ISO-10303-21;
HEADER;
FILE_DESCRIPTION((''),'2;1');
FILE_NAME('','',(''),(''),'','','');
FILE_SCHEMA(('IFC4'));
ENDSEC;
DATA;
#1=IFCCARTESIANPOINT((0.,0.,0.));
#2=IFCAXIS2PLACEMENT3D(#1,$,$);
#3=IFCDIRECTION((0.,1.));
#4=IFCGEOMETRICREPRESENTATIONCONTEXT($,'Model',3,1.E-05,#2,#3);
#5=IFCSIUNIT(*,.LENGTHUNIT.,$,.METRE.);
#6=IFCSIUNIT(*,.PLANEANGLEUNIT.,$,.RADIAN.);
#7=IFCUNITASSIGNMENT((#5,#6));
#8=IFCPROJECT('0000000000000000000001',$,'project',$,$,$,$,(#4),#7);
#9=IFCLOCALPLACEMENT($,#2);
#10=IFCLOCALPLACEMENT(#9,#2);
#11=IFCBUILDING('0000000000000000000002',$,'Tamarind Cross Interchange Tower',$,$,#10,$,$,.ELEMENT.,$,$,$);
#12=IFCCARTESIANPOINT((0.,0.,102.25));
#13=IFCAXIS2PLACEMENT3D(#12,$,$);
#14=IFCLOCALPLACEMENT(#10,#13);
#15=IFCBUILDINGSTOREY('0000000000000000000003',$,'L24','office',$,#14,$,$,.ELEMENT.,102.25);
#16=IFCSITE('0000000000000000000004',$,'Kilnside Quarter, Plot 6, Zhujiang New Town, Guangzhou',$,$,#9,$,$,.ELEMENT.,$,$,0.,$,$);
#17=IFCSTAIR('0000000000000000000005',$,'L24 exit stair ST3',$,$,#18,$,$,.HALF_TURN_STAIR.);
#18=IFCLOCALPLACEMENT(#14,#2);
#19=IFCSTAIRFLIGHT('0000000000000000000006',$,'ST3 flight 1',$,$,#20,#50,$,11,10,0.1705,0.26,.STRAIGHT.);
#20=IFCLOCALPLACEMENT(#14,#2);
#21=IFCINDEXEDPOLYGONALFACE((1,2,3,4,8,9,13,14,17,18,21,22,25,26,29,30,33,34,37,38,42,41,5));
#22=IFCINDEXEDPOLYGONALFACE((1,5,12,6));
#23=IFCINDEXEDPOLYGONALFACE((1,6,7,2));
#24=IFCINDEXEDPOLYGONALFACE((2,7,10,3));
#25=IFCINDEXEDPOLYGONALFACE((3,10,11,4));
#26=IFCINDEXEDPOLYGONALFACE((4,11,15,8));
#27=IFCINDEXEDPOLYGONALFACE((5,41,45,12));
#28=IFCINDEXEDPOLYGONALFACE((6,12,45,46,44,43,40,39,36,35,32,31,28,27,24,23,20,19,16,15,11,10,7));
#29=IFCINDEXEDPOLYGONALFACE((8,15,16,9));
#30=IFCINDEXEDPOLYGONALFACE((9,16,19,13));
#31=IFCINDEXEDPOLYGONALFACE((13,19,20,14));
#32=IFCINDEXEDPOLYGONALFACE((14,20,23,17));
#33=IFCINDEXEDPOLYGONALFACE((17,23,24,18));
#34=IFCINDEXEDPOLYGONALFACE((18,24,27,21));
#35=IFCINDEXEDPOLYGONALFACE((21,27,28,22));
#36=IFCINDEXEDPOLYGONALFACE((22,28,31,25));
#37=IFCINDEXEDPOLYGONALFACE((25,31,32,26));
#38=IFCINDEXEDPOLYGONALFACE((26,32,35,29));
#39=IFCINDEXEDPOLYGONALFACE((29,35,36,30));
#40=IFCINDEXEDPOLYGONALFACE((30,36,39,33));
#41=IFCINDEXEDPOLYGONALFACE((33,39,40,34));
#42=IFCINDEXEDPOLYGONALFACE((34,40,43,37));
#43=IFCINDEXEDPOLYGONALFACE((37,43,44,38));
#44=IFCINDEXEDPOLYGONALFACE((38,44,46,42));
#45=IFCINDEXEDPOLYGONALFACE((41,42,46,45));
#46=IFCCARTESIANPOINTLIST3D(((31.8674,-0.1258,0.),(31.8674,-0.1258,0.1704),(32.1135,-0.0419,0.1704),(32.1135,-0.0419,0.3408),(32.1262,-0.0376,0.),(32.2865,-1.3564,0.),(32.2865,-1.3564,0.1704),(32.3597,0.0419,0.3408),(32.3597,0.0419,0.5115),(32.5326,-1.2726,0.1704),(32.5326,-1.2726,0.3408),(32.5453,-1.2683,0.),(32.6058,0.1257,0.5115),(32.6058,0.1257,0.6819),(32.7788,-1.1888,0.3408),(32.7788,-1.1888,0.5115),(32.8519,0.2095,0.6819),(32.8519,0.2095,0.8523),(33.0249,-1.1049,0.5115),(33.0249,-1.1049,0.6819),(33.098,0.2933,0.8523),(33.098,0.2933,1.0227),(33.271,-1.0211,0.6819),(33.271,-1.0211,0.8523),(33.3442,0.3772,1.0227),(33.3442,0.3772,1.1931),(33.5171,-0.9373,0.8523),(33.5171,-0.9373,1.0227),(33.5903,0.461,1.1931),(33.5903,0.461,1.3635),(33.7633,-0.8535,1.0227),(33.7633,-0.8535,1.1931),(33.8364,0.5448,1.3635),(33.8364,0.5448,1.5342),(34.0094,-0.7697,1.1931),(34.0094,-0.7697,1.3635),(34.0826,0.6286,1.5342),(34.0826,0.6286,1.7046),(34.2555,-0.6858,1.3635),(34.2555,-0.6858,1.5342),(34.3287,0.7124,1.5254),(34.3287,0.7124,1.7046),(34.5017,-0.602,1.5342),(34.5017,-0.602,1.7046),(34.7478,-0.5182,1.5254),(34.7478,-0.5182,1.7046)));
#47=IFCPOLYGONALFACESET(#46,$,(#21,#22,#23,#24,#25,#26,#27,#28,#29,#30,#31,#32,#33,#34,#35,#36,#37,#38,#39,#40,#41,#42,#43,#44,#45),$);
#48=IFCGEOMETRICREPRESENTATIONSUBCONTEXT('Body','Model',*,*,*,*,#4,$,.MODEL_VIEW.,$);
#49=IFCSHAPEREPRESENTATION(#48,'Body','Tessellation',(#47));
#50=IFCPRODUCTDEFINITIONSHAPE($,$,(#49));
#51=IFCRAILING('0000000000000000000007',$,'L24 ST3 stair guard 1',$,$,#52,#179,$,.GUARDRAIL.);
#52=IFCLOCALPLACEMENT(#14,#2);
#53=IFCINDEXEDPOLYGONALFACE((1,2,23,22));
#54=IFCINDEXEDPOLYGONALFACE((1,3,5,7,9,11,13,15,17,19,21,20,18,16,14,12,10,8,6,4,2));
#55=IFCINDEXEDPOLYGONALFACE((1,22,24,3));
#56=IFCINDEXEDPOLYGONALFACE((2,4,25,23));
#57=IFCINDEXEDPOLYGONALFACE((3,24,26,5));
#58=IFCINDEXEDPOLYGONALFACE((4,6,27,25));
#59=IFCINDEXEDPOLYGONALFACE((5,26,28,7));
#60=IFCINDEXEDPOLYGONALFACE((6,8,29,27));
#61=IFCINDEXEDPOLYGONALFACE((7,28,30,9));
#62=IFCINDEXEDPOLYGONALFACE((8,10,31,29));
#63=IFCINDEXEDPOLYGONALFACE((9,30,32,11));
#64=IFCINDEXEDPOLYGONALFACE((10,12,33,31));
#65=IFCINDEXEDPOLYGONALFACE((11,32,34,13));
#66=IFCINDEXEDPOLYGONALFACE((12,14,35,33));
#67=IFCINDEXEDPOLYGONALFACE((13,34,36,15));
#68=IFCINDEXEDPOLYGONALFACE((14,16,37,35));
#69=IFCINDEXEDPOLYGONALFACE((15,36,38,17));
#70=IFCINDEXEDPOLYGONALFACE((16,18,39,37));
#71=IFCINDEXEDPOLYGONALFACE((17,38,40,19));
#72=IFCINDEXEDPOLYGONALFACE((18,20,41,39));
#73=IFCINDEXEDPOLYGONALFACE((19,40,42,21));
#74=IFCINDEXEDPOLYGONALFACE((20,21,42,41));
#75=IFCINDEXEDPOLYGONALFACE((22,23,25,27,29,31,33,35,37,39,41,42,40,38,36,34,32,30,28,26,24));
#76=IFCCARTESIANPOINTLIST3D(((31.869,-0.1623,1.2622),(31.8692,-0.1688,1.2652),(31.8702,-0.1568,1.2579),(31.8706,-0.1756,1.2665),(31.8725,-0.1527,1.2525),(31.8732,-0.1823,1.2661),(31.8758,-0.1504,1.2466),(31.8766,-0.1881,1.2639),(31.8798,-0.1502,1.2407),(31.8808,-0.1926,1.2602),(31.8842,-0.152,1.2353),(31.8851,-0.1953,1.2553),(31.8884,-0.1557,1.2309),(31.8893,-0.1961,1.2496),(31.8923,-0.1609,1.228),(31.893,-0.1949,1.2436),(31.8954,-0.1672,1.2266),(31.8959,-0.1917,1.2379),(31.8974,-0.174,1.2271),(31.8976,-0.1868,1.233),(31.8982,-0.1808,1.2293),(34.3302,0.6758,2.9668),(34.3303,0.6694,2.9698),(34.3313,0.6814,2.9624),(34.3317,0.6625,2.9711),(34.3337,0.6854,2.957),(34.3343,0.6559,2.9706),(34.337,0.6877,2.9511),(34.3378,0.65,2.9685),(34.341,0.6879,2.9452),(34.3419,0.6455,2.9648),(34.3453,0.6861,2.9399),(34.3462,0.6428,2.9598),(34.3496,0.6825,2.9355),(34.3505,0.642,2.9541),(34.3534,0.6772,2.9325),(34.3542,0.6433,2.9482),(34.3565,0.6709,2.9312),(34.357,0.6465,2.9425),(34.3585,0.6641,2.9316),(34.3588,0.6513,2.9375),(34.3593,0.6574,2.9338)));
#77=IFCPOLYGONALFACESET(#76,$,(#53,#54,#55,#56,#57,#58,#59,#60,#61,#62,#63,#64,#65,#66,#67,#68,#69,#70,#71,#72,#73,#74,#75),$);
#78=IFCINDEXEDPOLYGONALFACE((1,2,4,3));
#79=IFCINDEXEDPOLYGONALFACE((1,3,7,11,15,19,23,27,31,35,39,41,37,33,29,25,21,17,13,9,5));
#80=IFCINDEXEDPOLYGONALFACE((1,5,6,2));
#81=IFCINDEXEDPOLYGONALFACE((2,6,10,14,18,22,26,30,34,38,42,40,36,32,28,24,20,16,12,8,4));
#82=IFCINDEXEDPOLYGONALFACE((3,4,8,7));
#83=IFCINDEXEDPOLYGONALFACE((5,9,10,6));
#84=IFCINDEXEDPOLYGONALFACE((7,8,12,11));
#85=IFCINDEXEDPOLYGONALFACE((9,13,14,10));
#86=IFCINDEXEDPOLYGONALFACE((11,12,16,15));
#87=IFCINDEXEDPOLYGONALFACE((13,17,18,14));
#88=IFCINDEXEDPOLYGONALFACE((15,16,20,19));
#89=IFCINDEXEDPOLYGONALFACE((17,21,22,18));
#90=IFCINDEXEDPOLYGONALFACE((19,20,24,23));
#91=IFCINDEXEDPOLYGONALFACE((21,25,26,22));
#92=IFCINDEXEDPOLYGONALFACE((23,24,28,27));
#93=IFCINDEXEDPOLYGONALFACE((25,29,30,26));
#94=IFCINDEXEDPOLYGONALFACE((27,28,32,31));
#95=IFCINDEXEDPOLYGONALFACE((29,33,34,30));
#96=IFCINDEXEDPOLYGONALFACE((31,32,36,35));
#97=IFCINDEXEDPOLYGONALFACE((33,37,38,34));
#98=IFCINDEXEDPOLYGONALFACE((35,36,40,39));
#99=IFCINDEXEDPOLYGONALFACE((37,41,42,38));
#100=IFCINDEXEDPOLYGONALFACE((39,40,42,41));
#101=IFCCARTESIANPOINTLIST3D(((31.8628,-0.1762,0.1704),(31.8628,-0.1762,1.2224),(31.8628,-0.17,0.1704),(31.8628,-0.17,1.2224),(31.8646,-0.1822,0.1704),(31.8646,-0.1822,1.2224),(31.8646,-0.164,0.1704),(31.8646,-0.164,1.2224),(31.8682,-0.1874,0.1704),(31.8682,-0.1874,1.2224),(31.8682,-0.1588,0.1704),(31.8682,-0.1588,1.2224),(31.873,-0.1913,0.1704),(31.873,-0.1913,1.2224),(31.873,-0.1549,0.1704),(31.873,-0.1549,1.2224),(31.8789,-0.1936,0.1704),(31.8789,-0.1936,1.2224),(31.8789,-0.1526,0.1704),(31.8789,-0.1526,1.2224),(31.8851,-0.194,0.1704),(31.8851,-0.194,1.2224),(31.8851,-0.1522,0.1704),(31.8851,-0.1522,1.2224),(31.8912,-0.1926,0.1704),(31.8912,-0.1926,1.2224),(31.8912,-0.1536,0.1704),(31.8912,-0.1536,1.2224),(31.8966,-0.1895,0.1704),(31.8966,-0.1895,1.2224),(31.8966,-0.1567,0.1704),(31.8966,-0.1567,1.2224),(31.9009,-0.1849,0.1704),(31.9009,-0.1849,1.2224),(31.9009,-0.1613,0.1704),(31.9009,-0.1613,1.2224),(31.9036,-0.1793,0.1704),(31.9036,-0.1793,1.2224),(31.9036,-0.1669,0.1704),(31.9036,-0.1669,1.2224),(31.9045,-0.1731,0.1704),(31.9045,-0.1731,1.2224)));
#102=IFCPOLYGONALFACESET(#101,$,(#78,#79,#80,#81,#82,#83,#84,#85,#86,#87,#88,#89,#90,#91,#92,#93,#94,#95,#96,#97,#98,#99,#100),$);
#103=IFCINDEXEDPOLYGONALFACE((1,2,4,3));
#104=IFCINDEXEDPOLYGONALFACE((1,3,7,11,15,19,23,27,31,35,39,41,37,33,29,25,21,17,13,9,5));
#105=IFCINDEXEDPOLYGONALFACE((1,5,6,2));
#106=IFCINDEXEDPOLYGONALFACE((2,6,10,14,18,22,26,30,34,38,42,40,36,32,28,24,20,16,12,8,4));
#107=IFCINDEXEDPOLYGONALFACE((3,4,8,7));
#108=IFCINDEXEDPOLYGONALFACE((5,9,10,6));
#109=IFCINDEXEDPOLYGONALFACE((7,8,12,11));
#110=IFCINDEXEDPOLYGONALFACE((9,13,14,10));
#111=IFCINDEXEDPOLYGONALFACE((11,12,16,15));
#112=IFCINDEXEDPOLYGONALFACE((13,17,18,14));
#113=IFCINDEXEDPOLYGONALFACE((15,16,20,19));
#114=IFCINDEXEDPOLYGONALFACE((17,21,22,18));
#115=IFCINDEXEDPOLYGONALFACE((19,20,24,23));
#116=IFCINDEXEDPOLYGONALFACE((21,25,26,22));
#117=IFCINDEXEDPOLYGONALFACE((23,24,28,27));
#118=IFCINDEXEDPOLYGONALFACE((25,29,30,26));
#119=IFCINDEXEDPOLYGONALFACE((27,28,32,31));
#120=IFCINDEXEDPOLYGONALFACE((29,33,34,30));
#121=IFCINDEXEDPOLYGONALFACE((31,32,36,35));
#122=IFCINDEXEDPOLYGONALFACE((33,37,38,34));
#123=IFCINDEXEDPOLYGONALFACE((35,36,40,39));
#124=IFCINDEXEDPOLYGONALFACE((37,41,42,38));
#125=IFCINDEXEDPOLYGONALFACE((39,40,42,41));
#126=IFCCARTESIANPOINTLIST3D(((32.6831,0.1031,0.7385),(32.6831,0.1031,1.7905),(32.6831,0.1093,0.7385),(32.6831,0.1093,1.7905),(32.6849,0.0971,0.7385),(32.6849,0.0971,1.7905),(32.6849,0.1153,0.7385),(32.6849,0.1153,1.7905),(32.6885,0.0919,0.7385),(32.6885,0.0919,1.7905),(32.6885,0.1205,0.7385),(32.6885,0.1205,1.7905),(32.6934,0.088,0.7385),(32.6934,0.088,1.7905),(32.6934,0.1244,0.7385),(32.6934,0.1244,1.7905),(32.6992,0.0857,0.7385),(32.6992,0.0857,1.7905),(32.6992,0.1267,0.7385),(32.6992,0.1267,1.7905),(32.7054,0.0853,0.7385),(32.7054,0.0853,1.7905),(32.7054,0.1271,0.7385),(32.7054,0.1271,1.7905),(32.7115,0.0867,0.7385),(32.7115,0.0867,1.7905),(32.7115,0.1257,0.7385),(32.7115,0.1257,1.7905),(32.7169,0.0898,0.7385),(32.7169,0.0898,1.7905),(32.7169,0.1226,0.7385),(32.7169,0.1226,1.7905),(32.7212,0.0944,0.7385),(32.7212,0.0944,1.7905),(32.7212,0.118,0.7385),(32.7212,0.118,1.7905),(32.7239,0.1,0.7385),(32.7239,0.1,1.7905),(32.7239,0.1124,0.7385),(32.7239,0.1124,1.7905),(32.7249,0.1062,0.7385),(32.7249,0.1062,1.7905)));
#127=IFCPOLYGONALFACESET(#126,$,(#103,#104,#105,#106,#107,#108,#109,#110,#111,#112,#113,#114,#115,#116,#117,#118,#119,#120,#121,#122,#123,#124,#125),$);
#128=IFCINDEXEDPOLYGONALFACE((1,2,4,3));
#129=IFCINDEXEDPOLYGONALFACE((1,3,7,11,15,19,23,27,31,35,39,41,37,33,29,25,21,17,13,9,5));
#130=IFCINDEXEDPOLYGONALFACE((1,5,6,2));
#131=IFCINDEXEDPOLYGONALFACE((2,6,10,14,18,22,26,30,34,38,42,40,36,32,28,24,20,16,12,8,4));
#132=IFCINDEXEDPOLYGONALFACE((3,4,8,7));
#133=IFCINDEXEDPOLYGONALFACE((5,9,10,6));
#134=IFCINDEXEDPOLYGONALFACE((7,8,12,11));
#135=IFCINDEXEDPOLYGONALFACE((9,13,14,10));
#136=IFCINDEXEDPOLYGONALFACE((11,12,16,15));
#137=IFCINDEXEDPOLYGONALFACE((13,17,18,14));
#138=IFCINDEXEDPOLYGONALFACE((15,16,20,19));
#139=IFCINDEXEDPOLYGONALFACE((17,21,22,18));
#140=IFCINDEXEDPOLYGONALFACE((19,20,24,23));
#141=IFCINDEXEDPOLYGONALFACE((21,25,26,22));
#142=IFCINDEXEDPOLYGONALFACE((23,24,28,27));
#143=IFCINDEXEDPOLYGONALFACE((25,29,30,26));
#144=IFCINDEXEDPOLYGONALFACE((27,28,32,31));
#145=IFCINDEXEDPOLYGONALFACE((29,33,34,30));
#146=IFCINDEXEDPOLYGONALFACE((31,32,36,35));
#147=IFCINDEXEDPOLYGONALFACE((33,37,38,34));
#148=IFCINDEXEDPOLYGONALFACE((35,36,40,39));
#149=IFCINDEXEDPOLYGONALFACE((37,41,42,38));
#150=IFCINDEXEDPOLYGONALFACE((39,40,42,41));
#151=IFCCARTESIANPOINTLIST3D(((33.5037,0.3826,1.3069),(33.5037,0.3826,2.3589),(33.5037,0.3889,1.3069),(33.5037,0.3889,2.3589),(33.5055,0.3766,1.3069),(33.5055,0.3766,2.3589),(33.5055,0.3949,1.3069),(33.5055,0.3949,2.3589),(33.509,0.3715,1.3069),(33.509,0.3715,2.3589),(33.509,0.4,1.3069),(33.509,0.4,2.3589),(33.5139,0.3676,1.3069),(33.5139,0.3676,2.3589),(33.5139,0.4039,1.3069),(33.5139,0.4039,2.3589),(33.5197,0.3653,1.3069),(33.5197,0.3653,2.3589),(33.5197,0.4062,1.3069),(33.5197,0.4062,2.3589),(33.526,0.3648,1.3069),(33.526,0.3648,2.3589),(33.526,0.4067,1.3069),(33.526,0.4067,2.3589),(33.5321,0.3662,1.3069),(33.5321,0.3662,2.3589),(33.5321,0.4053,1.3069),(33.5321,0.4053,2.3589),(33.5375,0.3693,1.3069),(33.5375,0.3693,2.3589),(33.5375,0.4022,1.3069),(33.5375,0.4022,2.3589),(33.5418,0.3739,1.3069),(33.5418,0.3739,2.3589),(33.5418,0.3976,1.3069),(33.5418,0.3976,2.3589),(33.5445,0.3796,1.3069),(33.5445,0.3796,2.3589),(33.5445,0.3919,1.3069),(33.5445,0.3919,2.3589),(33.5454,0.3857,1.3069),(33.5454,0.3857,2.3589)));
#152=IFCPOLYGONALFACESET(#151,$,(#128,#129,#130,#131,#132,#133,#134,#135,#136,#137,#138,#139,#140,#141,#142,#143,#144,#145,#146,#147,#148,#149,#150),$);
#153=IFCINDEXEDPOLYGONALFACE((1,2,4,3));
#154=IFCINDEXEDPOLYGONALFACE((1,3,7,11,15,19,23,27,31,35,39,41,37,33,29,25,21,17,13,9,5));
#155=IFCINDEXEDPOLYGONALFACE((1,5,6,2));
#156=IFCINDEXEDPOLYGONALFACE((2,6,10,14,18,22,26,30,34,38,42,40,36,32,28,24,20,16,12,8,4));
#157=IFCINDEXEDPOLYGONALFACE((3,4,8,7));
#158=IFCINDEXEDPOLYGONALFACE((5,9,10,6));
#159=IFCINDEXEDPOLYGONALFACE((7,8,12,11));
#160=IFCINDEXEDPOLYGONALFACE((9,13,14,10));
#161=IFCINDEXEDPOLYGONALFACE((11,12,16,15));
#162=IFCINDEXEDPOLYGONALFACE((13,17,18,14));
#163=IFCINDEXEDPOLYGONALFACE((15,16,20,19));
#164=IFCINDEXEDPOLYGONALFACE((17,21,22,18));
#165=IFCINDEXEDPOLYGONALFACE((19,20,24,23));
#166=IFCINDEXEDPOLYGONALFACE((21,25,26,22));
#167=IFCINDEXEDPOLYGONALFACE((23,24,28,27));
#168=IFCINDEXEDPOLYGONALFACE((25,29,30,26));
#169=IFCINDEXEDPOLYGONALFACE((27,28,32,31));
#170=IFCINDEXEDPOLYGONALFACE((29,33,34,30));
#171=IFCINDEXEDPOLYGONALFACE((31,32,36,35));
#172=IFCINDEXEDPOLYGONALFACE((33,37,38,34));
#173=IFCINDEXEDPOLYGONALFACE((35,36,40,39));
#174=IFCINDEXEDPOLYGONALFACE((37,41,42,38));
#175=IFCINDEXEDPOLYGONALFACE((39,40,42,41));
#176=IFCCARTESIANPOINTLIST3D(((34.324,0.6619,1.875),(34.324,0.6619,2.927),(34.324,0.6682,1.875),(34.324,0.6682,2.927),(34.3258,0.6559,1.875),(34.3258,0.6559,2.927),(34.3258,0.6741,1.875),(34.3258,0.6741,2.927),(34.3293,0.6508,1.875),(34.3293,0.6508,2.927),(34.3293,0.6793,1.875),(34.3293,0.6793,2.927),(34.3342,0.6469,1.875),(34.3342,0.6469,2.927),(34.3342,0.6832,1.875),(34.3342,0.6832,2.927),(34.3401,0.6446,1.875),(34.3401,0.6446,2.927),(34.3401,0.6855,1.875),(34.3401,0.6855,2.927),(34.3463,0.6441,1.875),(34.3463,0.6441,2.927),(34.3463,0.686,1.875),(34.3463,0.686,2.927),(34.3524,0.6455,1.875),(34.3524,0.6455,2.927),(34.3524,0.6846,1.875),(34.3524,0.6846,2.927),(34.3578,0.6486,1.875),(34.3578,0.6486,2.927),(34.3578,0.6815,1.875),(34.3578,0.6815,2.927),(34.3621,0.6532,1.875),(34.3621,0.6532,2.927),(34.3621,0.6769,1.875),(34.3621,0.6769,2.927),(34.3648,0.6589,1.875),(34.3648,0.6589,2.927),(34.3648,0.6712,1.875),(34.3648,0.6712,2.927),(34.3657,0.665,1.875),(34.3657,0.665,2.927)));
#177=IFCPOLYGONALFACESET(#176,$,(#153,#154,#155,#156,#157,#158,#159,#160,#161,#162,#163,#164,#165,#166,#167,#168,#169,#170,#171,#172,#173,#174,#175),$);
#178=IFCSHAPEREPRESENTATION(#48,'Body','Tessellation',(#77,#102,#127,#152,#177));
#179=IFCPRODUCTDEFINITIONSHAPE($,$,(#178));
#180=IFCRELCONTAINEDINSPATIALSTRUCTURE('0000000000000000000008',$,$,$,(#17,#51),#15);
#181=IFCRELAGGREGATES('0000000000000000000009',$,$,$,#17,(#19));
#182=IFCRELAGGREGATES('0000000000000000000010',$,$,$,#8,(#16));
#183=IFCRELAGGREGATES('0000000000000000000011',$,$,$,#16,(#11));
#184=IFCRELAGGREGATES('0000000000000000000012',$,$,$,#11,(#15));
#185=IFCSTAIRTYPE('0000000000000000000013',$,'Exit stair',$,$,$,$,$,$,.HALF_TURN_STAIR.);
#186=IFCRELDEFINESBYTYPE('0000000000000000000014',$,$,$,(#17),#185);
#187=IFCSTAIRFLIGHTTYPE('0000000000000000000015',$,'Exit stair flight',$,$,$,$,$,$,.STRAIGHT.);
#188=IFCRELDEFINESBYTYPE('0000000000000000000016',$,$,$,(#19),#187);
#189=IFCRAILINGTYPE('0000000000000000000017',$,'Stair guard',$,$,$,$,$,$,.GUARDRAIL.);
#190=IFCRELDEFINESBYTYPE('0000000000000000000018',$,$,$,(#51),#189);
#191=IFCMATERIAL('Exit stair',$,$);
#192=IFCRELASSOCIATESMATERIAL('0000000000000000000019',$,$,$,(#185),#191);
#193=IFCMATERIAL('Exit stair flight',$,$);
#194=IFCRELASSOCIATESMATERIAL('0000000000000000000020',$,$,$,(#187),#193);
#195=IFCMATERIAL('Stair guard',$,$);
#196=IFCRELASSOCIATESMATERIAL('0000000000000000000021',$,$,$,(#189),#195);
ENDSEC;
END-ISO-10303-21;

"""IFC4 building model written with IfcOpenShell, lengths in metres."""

from ifc_helpers import new_model, si_unit, direction, frame, origin, origin_2d, place, context, subcontext, project, spatial, polyline, circle, outline, extrude, material, type_object, element, aggregate, save


model = new_model("IFC4")

# Units and contexts
model_context = context("Model", 3, precision=1e-05, world=origin(), true_north=direction((0.0, 1.0)))
body_context = subcontext(model_context, "Body", "Model", "MODEL_VIEW")
ifc_project = project(units=[si_unit("LENGTHUNIT", "METRE"), si_unit("PLANEANGLEUNIT", "RADIAN")], contexts=[model_context])

# Site, building, storey
site_placement = place(None, origin())
site = spatial("IfcSite", under=ifc_project, at=site_placement, Name="Kilnside Quarter, Plot 6, Zhujiang New Town, Guangzhou", CompositionType="ELEMENT", RefElevation=0.0)
building_placement = place(site_placement, origin())
building = spatial("IfcBuilding", under=site, at=building_placement, Name="Tamarind Cross Interchange Tower", CompositionType="ELEMENT")
storey_placement = place(building_placement, frame((0.0, 0.0, 102.25)))
storey = spatial("IfcBuildingStorey", under=building, at=storey_placement, Name="L24", Description="office", CompositionType="ELEMENT", Elevation=102.25)

# Stair, stair flight
ifc_material_1 = material(Name="Exit stair")
stair_type = type_object("IfcStairType", Name="Exit stair", PredefinedType="HALF_TURN_STAIR", material=ifc_material_1)
stair_placement = place(storey_placement, origin())
stair = element("IfcStair", 1, at=stair_placement, inside=storey, type_object=stair_type, Name="L24 exit stair ST3", PredefinedType="HALF_TURN_STAIR")
ifc_material_2 = material(Name="Exit stair flight")
stair_flight_type = type_object("IfcStairFlightType", Name="Exit stair flight", PredefinedType="STRAIGHT", material=ifc_material_2)
stair_flight_placement = place(storey_placement, frame((32.0769, -0.741, 0.0), z_axis=(0.0, 0.0, 1.0), x_axis=(0.946613, 0.322371, 0.0)))
stair_flight = element("IfcStairFlight", 2, at=stair_flight_placement, type_object=stair_flight_type, Name="ST3 flight 1", NumberOfRisers=11, NumberOfTreads=10, PredefinedType="STRAIGHT", RiserHeight=0.1705, TreadLength=0.26, context=body_context, shape_type="SweptSolid", body=[
    extrude(outline(polyline([(0.0, 0.0), (0.0, 0.1704), (0.26, 0.1704), (0.26, 0.3408), (0.52, 0.3408), (0.52, 0.5115), (0.78, 0.5115), (0.78, 0.6819), (1.04, 0.6819), (1.04, 0.8523), (1.3, 0.8523), (1.3, 1.0227), (1.5601, 1.0227), (1.5601, 1.1931), (1.8201, 1.1931), (1.8201, 1.3635), (2.0801, 1.3635), (2.0801, 1.5342), (2.3401, 1.5342), (2.3401, 1.7046), (2.6001, 1.7046), (2.6001, 1.875), (2.6001, 1.5254), (0.2734, 0.0), (0.0, 0.0)])), frame((0.0, 0.6499, 0.0), z_axis=(0.0, -1.0, 0.0), x_axis=(1.0, 0.0, 0.0)), (0.0, 0.0, 1.0), 1.3),
])
aggregate(stair, [stair_flight])

# Railing
ifc_material_3 = material(Name="Stair guard")
railing_type_1 = type_object("IfcRailingType", Name="Stair guard", PredefinedType="GUARDRAIL", material=ifc_material_3)
railing_1_placement = place(storey_placement, frame((31.8835, -0.1731, 0.1704)))
element("IfcRailing", 3, at=railing_1_placement, inside=storey, type_object=railing_type_1, Name="L24 ST3 stair guard 1", PredefinedType="GUARDRAIL", context=body_context, shape_type="SweptSolid", body=[
    extrude(circle(Radius=0.0239, at=origin_2d()), frame((0.0, 0.0, 1.0762), z_axis=(0.791646, 0.269589, 0.548286), x_axis=(-0.322362, 0.946616, 0.0)), (0.0, 0.0, 1.0), 3.1089),
    extrude(circle(Radius=0.021, at=origin_2d()), origin(), (0.0, 0.0, 1.0), 1.052),
    extrude(circle(Radius=0.021, at=origin_2d()), frame((0.8203, 0.2793, 0.5681)), (0.0, 0.0, 1.0), 1.052),
    extrude(circle(Radius=0.021, at=origin_2d()), frame((1.6409, 0.5588, 1.1365)), (0.0, 0.0, 1.0), 1.052),
    extrude(circle(Radius=0.021, at=origin_2d()), frame((2.4612, 0.8381, 1.7046)), (0.0, 0.0, 1.0), 1.052),
])

save(model, "model.ifc")
